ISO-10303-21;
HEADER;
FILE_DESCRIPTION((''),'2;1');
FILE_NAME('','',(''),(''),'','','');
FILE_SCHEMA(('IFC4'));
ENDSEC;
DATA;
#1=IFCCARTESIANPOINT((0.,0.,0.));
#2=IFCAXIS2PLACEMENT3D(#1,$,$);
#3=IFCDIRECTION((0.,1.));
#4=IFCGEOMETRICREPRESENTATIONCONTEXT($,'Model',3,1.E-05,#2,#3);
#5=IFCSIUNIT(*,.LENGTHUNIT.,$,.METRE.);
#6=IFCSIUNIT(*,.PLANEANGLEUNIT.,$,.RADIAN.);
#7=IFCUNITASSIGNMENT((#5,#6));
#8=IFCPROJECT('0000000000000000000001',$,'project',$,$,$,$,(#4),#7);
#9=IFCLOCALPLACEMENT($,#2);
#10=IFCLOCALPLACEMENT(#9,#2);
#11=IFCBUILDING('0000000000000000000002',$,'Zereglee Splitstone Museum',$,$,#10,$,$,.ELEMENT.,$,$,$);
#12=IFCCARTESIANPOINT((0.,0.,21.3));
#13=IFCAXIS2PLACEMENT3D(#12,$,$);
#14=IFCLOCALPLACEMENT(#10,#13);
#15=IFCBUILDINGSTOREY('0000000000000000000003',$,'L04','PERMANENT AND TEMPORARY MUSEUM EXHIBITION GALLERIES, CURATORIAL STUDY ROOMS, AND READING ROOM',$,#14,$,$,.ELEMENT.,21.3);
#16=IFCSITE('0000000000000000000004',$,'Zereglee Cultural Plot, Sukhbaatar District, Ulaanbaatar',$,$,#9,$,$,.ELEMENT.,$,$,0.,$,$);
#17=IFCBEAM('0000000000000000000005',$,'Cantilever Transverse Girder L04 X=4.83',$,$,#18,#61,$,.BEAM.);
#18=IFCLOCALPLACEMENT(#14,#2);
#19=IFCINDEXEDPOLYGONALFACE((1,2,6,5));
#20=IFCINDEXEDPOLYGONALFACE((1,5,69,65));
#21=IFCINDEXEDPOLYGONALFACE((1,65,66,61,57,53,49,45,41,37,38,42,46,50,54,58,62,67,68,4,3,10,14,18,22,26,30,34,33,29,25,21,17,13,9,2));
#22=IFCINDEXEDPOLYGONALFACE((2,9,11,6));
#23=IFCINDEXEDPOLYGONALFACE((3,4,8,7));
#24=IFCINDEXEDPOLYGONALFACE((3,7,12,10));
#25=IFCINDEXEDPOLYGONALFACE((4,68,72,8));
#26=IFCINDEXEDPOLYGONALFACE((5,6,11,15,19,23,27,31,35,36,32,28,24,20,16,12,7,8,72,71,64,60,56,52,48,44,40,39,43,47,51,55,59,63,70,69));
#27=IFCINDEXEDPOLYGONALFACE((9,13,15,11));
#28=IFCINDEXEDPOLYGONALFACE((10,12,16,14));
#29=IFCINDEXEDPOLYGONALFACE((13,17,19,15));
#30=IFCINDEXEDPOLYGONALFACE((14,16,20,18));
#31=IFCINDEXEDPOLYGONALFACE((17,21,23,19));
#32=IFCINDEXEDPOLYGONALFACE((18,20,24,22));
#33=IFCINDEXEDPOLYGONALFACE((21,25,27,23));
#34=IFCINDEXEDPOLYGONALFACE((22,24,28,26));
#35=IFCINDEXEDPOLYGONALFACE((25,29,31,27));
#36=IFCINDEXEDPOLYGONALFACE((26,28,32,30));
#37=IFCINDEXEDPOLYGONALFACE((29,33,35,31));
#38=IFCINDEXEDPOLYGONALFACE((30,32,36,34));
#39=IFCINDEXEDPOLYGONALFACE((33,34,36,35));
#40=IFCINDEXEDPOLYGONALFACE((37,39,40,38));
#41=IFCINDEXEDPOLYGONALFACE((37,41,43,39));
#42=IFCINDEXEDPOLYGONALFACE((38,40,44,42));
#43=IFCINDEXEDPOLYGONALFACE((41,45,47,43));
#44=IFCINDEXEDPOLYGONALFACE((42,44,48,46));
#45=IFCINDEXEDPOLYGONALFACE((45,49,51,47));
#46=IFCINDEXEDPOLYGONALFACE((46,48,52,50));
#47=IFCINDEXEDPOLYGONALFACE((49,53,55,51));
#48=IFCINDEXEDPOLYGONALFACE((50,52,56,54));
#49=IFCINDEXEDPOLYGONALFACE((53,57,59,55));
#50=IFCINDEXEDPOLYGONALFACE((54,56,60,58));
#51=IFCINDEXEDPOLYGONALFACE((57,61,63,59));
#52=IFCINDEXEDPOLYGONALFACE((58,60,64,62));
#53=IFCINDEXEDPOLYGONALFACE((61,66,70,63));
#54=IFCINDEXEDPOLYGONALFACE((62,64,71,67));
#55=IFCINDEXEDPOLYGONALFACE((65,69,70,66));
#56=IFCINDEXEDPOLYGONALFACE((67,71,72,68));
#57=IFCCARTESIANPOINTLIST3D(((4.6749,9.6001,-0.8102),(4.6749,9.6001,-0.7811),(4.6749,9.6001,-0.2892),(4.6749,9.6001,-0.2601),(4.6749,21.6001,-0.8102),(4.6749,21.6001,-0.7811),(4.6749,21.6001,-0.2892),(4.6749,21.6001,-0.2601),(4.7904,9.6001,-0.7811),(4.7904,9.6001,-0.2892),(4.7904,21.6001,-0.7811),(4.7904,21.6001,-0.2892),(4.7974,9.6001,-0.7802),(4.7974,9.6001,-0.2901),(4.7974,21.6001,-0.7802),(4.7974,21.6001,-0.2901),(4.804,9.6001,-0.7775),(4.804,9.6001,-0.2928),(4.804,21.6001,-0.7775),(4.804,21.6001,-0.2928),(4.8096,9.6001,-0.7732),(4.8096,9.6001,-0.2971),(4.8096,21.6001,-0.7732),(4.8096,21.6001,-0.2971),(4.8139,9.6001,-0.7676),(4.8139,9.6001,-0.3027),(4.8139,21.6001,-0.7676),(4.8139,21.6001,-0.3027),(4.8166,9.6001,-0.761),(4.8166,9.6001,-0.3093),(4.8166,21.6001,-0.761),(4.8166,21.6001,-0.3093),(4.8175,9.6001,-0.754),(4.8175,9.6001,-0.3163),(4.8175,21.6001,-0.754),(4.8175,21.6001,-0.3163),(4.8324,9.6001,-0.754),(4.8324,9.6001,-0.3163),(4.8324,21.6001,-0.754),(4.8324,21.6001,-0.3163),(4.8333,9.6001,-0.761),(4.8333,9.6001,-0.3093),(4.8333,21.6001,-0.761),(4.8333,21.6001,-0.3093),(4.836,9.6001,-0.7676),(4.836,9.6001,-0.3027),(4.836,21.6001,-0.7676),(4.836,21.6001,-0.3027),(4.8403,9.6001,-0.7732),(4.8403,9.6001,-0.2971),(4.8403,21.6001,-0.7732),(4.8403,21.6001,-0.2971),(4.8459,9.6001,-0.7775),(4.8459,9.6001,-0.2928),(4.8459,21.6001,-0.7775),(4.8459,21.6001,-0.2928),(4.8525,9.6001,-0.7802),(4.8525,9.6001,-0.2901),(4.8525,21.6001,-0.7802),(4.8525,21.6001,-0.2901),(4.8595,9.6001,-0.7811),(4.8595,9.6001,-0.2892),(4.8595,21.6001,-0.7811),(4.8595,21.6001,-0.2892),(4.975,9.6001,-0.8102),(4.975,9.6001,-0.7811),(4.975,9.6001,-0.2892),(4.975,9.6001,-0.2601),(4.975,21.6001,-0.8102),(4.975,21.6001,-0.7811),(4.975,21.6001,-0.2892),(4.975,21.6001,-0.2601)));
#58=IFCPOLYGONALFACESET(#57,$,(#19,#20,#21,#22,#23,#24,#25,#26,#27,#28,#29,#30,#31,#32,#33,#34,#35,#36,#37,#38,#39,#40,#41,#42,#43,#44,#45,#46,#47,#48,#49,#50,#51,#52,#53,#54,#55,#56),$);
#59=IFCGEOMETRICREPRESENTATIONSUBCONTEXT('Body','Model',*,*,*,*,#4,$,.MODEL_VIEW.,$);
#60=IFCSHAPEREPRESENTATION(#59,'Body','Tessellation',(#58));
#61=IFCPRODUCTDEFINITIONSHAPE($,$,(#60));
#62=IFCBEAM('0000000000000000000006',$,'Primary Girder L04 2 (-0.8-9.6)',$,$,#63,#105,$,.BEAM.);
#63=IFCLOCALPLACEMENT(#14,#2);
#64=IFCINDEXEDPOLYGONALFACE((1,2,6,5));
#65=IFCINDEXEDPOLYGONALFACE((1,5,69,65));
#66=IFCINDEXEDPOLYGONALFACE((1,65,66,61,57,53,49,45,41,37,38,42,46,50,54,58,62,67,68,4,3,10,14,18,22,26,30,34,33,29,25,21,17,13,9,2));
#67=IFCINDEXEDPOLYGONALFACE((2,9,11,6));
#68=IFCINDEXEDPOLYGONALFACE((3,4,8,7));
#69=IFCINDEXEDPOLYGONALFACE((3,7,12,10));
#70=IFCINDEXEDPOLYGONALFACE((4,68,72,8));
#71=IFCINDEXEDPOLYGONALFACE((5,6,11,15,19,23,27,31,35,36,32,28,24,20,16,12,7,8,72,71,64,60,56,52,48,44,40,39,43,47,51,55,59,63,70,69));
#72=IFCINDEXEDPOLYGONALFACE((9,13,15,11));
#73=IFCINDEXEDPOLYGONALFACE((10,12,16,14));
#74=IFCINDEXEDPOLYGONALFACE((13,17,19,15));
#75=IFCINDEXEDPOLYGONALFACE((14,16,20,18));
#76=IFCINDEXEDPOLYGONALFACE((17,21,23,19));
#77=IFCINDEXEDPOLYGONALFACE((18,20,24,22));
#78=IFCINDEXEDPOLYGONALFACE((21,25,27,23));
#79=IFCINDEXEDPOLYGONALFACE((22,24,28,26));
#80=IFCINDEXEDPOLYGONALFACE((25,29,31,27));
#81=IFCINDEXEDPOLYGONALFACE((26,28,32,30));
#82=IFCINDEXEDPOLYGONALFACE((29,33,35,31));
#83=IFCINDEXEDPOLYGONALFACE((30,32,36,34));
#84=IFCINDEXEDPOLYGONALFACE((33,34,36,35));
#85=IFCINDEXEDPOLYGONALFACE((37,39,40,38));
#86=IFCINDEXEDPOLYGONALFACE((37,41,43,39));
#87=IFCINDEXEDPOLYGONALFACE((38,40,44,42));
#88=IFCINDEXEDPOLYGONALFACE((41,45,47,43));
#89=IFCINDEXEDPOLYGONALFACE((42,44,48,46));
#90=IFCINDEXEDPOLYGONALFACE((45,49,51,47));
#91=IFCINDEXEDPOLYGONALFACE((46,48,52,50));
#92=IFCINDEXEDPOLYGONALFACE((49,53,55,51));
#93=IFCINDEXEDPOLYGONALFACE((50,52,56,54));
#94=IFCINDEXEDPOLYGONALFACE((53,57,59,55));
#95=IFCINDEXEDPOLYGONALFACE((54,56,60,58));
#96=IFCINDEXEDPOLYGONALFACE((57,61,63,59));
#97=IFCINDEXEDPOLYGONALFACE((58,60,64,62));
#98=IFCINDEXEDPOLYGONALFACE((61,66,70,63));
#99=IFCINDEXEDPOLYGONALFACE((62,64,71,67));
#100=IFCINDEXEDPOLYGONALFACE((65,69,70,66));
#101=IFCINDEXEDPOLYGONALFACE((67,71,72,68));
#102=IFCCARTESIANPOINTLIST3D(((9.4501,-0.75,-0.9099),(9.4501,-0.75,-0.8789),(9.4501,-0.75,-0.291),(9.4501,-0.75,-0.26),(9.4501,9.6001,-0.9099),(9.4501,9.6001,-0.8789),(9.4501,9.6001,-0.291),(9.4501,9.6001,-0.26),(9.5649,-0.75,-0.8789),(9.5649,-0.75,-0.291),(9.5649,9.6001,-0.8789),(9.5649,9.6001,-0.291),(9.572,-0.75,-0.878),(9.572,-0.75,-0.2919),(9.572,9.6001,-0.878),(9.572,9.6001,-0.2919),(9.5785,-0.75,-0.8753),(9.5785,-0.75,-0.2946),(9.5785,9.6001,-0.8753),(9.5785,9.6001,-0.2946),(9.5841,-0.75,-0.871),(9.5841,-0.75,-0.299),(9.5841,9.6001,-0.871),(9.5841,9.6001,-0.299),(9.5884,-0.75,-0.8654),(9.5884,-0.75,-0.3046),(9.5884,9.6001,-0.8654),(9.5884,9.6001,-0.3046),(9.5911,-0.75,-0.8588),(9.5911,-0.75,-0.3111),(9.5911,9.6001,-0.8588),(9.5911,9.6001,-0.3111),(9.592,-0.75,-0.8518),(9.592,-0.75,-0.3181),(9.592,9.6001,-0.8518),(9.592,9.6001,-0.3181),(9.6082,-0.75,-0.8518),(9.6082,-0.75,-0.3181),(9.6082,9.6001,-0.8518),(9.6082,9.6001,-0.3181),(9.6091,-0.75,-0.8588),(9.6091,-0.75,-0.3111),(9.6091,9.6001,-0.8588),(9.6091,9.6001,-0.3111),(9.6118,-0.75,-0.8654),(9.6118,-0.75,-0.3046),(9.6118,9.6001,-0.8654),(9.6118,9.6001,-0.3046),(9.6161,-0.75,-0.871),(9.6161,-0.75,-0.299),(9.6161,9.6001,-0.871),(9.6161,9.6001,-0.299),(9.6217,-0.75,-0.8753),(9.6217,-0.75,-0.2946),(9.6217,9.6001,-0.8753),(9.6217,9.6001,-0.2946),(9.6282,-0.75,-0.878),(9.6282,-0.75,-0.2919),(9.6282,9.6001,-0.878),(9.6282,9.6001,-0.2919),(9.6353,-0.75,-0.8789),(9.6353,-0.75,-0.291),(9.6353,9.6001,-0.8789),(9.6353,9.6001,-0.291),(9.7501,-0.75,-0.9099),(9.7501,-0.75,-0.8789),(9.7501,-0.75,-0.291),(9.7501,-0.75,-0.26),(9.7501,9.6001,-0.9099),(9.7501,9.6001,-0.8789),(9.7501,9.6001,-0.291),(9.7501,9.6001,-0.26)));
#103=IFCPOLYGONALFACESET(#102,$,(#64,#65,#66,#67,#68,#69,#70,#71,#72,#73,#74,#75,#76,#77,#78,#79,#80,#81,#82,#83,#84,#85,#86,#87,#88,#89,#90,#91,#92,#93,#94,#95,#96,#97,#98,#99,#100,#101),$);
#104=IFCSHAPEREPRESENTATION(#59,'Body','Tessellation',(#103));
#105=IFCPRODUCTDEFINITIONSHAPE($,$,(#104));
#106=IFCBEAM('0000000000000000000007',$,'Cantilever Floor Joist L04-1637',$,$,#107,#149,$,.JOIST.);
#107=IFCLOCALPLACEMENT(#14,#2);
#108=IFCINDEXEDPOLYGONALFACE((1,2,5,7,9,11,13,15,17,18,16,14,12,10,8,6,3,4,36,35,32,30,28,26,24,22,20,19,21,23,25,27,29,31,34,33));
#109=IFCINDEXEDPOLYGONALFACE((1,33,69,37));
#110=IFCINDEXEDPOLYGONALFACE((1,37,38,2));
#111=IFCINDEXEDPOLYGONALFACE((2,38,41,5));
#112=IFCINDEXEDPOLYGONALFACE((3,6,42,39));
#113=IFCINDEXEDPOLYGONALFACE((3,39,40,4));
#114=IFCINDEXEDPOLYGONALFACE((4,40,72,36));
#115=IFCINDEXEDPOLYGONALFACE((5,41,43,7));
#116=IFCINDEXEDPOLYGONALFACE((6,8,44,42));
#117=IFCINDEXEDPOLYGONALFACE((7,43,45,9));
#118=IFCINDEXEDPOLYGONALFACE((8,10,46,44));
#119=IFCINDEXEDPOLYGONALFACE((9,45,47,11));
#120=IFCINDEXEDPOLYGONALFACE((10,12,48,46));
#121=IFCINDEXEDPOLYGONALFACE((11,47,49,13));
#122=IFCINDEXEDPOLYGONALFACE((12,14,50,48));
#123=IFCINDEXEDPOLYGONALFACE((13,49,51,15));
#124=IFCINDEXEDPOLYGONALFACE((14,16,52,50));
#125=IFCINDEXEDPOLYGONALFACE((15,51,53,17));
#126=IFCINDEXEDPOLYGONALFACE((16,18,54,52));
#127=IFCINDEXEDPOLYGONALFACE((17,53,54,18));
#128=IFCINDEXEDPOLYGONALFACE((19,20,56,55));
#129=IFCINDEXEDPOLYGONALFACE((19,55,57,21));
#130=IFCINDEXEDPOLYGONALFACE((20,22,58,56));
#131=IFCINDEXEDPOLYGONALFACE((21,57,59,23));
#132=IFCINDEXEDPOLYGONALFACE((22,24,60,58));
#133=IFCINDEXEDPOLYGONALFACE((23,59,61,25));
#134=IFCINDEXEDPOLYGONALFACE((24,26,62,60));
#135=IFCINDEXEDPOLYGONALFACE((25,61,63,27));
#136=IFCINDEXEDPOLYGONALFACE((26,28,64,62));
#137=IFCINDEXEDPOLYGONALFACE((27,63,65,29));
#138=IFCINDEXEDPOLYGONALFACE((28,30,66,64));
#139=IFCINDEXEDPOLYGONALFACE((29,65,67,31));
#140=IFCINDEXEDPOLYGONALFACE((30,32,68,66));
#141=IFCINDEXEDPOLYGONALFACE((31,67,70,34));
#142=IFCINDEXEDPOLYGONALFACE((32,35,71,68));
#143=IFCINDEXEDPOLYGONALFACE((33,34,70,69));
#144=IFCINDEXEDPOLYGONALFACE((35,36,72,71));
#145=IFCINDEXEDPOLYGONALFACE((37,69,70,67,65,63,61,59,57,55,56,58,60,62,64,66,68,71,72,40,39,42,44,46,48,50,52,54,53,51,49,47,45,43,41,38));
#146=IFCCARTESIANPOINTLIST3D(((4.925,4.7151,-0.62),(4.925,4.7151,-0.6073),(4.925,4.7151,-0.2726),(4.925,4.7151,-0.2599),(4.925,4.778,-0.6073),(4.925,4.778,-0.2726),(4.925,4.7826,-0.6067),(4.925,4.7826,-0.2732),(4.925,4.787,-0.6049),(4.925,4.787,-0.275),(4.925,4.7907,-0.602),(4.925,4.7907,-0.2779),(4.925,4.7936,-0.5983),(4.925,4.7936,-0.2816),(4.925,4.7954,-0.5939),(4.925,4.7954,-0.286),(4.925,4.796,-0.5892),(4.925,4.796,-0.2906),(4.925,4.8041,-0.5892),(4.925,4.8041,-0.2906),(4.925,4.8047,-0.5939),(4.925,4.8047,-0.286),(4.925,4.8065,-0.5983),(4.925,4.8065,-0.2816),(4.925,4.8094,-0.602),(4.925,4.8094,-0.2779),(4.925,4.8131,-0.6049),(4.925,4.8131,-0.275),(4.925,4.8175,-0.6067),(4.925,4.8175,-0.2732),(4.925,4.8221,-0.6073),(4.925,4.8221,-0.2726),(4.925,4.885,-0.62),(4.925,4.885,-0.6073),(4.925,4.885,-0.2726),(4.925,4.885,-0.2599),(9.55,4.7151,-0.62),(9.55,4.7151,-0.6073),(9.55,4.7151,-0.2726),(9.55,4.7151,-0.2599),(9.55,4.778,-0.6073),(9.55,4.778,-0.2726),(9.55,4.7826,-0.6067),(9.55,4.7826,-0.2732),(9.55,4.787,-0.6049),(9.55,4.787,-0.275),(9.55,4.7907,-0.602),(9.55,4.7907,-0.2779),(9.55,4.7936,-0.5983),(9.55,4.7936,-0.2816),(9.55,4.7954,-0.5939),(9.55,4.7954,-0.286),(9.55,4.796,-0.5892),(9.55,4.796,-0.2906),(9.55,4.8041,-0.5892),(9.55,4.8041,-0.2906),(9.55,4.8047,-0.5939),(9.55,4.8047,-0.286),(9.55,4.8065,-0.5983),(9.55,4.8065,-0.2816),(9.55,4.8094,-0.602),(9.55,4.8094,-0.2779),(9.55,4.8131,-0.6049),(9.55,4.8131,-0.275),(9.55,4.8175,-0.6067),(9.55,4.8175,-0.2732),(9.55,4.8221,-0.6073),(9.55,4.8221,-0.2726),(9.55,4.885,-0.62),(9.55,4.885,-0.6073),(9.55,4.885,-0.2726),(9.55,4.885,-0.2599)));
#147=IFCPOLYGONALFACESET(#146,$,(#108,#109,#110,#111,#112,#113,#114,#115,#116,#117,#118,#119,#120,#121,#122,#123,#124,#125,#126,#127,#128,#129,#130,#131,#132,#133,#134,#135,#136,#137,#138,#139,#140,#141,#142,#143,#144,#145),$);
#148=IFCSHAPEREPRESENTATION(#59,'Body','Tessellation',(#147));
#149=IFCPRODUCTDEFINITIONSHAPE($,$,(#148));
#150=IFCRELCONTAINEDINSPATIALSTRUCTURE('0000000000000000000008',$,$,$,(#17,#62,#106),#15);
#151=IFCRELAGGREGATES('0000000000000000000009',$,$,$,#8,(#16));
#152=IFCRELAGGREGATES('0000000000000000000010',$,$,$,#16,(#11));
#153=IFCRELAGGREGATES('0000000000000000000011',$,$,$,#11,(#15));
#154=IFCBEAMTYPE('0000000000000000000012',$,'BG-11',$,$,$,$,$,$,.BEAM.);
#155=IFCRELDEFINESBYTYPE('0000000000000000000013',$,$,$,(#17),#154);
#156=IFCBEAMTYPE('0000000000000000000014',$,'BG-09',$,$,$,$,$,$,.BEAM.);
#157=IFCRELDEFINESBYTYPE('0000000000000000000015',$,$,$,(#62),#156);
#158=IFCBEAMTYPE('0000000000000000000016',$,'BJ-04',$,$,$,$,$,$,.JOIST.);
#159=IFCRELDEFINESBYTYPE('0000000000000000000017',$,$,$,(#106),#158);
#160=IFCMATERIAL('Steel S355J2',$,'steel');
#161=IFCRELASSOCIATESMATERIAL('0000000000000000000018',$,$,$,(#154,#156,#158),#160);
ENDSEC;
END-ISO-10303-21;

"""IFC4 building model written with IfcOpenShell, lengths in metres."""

from ifc_helpers import new_model, si_unit, direction, frame, origin, origin_2d, place, context, subcontext, project, spatial, i_section, extrude, material, material_profile, profile_set, type_object, element, save


model = new_model("IFC4")

# Units and contexts
model_context = context("Model", 3, precision=1e-05, world=origin(), true_north=direction((0.0, 1.0)))
body_context = subcontext(model_context, "Body", "Model", "MODEL_VIEW")
ifc_project = project(units=[si_unit("LENGTHUNIT", "METRE"), si_unit("PLANEANGLEUNIT", "RADIAN")], contexts=[model_context])

# Site, building, storey
site_placement = place(None, origin())
site = spatial("IfcSite", under=ifc_project, at=site_placement, Name="Zereglee Cultural Plot, Sukhbaatar District, Ulaanbaatar", CompositionType="ELEMENT", RefElevation=0.0)
building_placement = place(site_placement, origin())
building = spatial("IfcBuilding", under=site, at=building_placement, Name="Zereglee Splitstone Museum", CompositionType="ELEMENT")
storey_placement = place(building_placement, frame((0.0, 0.0, 21.3)))
storey = spatial("IfcBuildingStorey", under=building, at=storey_placement, Name="L04", Description="PERMANENT AND TEMPORARY MUSEUM EXHIBITION GALLERIES, CURATORIAL STUDY ROOMS, AND READING ROOM", CompositionType="ELEMENT", Elevation=21.3)

# Beams
ifc_material_1 = material(Name="Steel S355J2", Category="steel")
ifc_material_profile_1 = material_profile(ifc_material_1, i_section(OverallWidth=0.3, OverallDepth=0.55, WebThickness=0.0149, FlangeThickness=0.0291, FilletRadius=0.0271, at=origin_2d()), Name="HE 550 B")
ifc_profile_set_1 = profile_set([ifc_material_profile_1], Name="Steel S355J2")
beam_type_1 = type_object("IfcBeamType", Name="BG-11", PredefinedType="BEAM", material=ifc_profile_set_1)
beam_1_placement = place(storey_placement, frame((4.825, 9.6001, -0.5352), z_axis=(0.0, 1.0, 0.0), x_axis=(-1.0, 0.0, 0.0)))
element("IfcBeam", 1, at=beam_1_placement, inside=storey, type_object=beam_type_1, Name="Cantilever Transverse Girder L04 X=4.83", PredefinedType="BEAM", context=body_context, shape_type="SweptSolid", body=[
    extrude(i_section(OverallWidth=0.3, OverallDepth=0.55, WebThickness=0.0149, FlangeThickness=0.0291, FilletRadius=0.0271, at=origin_2d()), origin(), (0.0, 0.0, 1.0), 12.0),
])
ifc_material_profile_2 = material_profile(ifc_material_1, i_section(OverallWidth=0.3, OverallDepth=0.6499, WebThickness=0.0161, FlangeThickness=0.031, FilletRadius=0.0271, at=origin_2d()), Name="HE 650 B")
ifc_profile_set_2 = profile_set([ifc_material_profile_2], Name="Steel S355J2")
beam_type_2 = type_object("IfcBeamType", Name="BG-09", PredefinedType="BEAM", material=ifc_profile_set_2)
beam_2_placement = place(storey_placement, frame((9.6001, -0.75, -0.585), z_axis=(0.0, 1.0, 0.0), x_axis=(-1.0, 0.0, 0.0)))
element("IfcBeam", 2, at=beam_2_placement, inside=storey, type_object=beam_type_2, Name="Primary Girder L04 2 (-0.8-9.6)", PredefinedType="BEAM", context=body_context, shape_type="SweptSolid", body=[
    extrude(i_section(OverallWidth=0.3, OverallDepth=0.6499, WebThickness=0.0161, FlangeThickness=0.031, FilletRadius=0.0271, at=origin_2d()), origin(), (0.0, 0.0, 1.0), 10.3501),
])
ifc_material_profile_3 = material_profile(ifc_material_1, i_section(OverallWidth=0.1699, OverallDepth=0.3601, WebThickness=0.0081, FlangeThickness=0.0127, FilletRadius=0.0181, at=origin_2d()), Name="IPE 360")
ifc_profile_set_3 = profile_set([ifc_material_profile_3], Name="Steel S355J2")
beam_type_3 = type_object("IfcBeamType", Name="BJ-04", PredefinedType="JOIST", material=ifc_profile_set_3)
beam_3_placement = place(storey_placement, frame((4.925, 4.8, -0.4399), z_axis=(1.0, 0.0, 0.0), x_axis=(0.0, 1.0, 0.0)))
element("IfcBeam", 3, at=beam_3_placement, inside=storey, type_object=beam_type_3, Name="Cantilever Floor Joist L04-1637", PredefinedType="JOIST", context=body_context, shape_type="SweptSolid", body=[
    extrude(i_section(OverallWidth=0.1699, OverallDepth=0.3601, WebThickness=0.0081, FlangeThickness=0.0127, FilletRadius=0.0181, at=origin_2d()), origin(), (0.0, 0.0, 1.0), 4.625),
])

save(model, "model.ifc")
